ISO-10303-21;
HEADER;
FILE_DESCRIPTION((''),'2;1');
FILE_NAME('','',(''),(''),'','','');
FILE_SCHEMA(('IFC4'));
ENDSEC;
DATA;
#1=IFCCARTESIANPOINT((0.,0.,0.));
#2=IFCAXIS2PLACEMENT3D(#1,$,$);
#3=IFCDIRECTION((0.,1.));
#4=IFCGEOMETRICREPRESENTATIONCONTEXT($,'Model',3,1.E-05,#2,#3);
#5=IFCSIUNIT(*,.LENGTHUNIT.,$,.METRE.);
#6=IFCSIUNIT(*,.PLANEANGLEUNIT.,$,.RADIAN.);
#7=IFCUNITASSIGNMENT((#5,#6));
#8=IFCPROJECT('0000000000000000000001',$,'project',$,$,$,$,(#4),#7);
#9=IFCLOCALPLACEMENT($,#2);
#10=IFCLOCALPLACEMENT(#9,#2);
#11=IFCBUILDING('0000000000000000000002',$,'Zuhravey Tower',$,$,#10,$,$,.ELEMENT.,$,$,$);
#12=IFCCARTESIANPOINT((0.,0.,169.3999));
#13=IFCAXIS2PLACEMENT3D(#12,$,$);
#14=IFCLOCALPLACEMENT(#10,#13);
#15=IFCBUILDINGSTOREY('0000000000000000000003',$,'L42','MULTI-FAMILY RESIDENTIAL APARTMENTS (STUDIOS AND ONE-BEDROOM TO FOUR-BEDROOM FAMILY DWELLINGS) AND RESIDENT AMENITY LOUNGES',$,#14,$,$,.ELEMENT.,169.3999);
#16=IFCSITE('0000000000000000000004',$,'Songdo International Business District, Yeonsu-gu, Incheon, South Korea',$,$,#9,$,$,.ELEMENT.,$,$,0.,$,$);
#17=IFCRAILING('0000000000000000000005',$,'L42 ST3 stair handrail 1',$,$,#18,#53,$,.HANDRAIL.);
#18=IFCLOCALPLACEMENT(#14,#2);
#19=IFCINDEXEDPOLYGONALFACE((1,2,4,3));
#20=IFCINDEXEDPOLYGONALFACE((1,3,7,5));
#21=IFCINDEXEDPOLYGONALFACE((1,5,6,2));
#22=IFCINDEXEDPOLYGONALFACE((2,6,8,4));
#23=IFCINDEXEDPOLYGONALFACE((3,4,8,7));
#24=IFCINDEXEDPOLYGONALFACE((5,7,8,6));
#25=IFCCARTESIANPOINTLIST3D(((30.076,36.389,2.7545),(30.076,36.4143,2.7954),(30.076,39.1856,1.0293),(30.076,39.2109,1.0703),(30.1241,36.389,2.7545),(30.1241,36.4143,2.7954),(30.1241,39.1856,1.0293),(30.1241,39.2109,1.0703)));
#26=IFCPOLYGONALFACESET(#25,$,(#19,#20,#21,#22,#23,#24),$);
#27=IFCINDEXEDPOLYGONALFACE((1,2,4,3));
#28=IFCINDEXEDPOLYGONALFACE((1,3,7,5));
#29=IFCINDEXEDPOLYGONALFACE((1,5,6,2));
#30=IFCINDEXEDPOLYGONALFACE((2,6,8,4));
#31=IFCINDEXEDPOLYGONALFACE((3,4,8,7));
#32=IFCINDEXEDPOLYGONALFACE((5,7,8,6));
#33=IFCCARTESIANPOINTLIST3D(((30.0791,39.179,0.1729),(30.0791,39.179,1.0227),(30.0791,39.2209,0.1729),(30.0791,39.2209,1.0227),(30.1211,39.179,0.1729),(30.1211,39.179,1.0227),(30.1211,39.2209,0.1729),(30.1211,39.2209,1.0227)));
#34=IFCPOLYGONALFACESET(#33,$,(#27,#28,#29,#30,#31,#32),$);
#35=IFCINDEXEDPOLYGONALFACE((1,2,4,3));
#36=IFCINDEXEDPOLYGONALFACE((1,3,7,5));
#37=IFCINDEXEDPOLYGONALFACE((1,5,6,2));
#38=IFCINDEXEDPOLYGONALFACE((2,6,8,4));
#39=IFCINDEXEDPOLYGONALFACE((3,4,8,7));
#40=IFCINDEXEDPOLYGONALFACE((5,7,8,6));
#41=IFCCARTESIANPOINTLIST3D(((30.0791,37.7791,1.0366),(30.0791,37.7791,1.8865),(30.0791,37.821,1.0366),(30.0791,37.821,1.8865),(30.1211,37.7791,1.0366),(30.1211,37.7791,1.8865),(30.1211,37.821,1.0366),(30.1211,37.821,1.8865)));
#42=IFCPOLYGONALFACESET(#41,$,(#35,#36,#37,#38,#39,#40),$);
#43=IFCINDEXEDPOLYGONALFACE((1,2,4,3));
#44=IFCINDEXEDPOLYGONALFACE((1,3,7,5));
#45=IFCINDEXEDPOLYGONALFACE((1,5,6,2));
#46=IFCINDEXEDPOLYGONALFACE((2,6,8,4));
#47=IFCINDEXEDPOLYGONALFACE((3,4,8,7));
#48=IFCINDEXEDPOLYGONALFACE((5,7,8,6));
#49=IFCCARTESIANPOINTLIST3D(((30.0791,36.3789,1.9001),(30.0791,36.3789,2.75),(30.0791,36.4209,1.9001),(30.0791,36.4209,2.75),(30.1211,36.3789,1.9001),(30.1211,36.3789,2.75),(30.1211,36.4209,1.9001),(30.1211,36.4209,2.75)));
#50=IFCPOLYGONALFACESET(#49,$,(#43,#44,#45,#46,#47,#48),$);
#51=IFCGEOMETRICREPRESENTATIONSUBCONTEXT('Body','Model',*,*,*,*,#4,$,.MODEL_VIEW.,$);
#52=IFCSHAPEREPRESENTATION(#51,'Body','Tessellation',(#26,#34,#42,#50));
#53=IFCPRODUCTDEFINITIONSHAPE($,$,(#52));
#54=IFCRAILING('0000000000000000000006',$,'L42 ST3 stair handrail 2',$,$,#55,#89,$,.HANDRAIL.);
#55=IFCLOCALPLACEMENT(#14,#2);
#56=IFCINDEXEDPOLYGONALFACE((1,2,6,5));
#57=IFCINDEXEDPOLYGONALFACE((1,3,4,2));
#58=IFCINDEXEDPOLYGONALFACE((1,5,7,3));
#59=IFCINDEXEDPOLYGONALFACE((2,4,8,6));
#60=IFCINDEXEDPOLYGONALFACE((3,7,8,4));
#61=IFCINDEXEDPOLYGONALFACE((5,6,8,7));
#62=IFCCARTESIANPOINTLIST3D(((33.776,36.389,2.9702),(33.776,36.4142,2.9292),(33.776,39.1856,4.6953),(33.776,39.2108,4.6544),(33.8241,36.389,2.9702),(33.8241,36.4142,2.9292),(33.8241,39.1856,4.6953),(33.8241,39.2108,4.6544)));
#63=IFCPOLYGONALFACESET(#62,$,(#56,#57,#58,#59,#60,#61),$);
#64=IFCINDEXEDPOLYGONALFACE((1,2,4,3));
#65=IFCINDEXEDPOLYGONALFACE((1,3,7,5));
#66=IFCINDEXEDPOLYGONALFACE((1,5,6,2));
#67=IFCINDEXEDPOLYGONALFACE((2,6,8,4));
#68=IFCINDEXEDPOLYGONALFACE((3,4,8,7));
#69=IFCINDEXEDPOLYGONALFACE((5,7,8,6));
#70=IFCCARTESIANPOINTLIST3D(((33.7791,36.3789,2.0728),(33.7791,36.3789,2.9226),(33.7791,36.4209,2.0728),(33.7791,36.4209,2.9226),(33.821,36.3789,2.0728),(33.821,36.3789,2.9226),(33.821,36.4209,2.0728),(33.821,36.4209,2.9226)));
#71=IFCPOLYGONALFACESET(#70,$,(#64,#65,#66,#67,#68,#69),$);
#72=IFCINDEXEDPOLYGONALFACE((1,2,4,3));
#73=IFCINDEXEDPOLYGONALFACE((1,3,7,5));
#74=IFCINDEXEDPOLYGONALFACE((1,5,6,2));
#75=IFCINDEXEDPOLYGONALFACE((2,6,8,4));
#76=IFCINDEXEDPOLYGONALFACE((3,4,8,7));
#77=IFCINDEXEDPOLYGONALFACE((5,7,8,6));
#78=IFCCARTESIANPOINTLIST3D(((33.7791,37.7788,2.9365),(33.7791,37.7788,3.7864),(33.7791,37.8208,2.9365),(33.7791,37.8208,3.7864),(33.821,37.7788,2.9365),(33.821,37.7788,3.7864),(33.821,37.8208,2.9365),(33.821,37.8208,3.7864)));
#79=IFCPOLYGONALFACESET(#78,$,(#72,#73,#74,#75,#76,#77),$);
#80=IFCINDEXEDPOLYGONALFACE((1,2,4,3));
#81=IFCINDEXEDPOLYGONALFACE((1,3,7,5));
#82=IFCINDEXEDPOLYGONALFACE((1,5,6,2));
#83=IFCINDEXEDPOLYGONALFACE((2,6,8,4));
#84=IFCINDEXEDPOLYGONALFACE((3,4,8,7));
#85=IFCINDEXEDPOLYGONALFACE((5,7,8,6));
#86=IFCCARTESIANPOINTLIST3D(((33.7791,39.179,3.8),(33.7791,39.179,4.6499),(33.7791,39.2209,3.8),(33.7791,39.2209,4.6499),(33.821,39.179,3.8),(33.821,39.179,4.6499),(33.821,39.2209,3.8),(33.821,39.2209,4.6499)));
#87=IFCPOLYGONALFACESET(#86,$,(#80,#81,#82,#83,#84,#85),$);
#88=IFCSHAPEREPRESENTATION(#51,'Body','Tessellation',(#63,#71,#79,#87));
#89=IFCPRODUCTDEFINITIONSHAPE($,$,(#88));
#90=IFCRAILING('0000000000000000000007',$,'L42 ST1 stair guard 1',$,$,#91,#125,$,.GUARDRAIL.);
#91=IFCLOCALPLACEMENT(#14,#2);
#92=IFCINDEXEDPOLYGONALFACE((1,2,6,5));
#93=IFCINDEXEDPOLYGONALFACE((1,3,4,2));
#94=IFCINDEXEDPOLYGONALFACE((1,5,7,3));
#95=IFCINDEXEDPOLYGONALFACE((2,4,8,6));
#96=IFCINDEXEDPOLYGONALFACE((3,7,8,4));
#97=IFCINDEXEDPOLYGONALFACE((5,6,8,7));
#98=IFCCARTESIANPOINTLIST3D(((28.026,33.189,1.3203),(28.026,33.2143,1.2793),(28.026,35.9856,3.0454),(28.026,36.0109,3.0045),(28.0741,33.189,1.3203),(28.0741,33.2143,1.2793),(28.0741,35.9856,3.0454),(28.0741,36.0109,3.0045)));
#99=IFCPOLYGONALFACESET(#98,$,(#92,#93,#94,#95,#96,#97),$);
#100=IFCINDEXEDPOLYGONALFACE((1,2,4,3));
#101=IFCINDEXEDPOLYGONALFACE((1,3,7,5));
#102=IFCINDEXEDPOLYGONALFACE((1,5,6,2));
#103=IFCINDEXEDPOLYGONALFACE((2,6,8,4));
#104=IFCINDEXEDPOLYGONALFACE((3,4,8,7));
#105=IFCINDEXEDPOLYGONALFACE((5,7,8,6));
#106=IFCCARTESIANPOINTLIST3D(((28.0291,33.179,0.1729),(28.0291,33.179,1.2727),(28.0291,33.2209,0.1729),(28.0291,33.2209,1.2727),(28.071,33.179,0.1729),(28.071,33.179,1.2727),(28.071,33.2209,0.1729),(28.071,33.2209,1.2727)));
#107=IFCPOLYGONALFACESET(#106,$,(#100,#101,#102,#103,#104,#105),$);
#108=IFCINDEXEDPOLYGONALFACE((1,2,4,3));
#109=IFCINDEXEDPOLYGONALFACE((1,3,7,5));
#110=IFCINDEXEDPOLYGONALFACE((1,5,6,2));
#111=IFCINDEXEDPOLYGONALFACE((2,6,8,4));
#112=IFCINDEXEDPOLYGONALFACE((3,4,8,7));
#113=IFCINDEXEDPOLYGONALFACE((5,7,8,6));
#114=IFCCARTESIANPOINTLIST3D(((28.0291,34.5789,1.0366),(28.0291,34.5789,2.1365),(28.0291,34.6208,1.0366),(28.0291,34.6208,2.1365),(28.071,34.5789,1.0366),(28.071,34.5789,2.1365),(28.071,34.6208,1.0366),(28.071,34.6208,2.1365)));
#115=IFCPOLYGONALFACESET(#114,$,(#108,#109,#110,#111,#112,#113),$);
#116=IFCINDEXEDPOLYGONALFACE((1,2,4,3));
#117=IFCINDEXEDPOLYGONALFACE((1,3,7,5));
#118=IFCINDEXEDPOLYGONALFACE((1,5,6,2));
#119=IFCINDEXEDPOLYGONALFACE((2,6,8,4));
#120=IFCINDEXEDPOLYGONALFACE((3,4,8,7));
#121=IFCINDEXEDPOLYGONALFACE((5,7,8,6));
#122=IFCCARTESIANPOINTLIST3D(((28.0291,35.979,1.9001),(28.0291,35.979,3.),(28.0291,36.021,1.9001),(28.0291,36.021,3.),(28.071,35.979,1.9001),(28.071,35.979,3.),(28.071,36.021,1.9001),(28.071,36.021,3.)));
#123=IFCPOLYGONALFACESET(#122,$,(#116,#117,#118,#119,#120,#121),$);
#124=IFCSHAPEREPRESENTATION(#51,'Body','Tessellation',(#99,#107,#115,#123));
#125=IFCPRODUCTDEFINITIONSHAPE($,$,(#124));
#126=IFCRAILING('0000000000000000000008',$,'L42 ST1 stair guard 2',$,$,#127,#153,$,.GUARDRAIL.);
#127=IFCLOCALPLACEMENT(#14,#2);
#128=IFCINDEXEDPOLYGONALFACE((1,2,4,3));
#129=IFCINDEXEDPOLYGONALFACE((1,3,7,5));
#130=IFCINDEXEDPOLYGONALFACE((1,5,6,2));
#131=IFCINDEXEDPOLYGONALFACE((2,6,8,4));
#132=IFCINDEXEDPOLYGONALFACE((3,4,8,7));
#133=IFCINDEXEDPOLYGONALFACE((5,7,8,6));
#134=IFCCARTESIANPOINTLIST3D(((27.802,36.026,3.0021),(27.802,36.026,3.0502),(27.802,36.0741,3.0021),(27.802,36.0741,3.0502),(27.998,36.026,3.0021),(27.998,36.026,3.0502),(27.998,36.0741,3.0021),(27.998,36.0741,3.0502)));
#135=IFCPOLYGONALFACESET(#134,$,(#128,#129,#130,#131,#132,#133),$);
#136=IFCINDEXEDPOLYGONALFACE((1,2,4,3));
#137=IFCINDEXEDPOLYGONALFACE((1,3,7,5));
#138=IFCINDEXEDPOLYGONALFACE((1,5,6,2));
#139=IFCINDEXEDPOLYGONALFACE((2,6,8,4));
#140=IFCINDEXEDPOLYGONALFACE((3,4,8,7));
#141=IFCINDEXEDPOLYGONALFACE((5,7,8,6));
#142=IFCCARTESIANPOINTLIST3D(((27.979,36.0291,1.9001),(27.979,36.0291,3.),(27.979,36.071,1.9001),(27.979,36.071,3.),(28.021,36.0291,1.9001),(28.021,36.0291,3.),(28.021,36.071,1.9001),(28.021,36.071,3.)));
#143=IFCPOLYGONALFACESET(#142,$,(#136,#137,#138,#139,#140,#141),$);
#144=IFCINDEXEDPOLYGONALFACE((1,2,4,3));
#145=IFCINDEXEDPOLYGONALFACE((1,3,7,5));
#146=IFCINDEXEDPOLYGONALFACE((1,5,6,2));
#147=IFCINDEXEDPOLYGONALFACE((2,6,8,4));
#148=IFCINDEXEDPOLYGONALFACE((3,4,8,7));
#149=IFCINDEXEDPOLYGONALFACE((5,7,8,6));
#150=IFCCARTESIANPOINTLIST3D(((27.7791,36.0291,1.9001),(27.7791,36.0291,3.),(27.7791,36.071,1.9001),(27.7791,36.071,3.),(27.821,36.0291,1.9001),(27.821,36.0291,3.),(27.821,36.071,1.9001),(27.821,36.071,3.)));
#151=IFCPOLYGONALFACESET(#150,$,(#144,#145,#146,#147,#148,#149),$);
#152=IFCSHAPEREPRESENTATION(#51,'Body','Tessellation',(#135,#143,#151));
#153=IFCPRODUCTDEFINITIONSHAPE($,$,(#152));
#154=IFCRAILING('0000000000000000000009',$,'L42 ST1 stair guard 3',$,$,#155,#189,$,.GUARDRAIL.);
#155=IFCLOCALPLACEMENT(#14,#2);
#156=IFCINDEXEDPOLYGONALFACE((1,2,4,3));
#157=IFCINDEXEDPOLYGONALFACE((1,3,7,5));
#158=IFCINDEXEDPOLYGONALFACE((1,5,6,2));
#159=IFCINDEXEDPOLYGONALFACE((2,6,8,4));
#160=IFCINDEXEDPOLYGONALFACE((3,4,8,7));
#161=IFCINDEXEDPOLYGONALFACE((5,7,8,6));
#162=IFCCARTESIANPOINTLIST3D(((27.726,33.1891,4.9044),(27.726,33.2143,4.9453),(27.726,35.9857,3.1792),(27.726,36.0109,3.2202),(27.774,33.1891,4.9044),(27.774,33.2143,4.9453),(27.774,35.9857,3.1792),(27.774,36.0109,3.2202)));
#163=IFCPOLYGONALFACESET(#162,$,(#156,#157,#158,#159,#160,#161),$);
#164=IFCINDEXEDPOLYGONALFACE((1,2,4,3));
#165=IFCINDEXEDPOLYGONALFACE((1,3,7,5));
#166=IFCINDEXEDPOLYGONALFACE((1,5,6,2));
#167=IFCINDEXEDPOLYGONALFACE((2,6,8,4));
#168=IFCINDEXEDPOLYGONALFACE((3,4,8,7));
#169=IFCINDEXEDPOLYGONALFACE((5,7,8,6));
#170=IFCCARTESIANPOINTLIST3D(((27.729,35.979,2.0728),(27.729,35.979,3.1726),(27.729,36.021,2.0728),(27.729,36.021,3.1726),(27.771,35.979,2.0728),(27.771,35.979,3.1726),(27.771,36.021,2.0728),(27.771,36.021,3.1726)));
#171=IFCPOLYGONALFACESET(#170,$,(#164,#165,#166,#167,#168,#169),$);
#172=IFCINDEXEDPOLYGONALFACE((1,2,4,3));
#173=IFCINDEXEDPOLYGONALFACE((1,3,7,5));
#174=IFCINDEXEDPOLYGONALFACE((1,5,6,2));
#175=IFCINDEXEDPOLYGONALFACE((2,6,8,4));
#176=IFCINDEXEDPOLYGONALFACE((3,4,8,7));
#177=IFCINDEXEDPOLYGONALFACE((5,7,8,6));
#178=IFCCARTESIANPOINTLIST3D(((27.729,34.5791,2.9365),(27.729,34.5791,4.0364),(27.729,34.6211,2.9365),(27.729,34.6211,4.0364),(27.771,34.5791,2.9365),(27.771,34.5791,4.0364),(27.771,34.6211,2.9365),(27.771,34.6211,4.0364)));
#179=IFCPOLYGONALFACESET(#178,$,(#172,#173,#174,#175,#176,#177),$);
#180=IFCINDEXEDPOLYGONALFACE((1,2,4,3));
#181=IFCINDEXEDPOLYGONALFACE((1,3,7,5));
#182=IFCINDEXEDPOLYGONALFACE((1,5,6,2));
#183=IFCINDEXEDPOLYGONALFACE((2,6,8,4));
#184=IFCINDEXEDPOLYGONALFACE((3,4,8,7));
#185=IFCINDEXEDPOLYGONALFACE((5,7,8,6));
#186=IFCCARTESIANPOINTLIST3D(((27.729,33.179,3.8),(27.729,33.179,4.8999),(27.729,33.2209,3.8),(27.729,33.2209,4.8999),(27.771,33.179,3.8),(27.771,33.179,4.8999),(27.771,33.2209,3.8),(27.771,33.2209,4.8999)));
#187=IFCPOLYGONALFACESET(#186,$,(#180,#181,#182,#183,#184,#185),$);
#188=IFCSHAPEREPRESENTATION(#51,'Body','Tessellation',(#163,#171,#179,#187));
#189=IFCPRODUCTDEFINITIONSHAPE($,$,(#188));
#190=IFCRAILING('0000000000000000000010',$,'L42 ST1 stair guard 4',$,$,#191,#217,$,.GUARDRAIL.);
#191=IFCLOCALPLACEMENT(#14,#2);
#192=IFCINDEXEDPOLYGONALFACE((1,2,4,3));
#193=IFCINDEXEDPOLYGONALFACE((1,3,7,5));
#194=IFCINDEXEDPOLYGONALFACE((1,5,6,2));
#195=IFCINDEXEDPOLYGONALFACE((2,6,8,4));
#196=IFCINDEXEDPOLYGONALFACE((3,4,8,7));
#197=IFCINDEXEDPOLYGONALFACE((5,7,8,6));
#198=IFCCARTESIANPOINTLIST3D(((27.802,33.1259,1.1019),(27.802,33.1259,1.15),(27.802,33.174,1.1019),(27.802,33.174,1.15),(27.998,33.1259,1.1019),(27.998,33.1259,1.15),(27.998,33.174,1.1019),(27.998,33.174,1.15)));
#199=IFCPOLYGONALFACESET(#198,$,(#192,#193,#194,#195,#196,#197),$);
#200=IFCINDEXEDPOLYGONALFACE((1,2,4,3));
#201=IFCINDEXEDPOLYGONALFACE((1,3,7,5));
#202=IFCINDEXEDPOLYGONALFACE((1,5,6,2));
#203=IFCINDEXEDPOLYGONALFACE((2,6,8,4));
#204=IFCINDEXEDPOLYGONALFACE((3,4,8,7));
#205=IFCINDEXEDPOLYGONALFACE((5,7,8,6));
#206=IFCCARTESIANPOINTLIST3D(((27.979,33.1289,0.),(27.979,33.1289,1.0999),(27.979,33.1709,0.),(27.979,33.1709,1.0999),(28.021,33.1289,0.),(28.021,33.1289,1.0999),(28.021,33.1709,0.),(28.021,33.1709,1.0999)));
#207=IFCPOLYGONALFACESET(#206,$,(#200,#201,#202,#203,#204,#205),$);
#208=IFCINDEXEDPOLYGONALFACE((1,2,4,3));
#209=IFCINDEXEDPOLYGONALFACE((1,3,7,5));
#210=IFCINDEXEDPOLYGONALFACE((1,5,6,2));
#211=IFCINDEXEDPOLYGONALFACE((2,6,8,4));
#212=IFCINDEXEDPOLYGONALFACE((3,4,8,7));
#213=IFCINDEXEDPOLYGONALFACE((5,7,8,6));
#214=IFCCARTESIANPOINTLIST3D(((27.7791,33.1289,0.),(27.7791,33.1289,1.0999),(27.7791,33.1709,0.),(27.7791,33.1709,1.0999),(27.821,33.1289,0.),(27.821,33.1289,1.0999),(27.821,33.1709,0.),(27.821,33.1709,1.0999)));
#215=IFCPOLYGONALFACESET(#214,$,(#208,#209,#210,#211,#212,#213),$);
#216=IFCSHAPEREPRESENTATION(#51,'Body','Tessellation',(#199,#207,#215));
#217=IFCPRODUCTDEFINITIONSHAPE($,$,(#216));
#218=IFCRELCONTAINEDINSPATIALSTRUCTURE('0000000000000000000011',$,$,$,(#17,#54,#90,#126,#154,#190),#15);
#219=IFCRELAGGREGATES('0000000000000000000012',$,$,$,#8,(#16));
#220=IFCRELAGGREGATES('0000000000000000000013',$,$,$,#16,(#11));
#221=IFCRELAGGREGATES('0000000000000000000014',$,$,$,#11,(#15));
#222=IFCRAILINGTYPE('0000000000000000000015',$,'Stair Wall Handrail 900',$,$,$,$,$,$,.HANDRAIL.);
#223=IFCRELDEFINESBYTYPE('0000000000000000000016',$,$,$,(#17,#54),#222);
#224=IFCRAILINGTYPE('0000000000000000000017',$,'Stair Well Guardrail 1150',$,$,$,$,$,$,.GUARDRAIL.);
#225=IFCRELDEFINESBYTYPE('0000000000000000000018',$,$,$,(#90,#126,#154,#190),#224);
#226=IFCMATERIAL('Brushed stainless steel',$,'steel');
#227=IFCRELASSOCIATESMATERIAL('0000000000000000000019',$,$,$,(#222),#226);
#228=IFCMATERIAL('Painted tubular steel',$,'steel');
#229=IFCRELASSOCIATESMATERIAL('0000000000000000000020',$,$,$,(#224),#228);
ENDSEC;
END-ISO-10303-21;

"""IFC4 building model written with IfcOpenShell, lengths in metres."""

from ifc_helpers import new_model, si_unit, direction, frame, origin, origin_2d, place, context, subcontext, project, spatial, rectangle, extrude, material, type_object, element, save


model = new_model("IFC4")

# Units and contexts
model_context = context("Model", 3, precision=1e-05, world=origin(), true_north=direction((0.0, 1.0)))
body_context = subcontext(model_context, "Body", "Model", "MODEL_VIEW")
ifc_project = project(units=[si_unit("LENGTHUNIT", "METRE"), si_unit("PLANEANGLEUNIT", "RADIAN")], contexts=[model_context])

# Site, building, storey
site_placement = place(None, origin())
site = spatial("IfcSite", under=ifc_project, at=site_placement, Name="Songdo International Business District, Yeonsu-gu, Incheon, South Korea", CompositionType="ELEMENT", RefElevation=0.0)
building_placement = place(site_placement, origin())
building = spatial("IfcBuilding", under=site, at=building_placement, Name="Zuhravey Tower", CompositionType="ELEMENT")
storey_placement = place(building_placement, frame((0.0, 0.0, 169.3999)))
storey = spatial("IfcBuildingStorey", under=building, at=storey_placement, Name="L42", Description="MULTI-FAMILY RESIDENTIAL APARTMENTS (STUDIOS AND ONE-BEDROOM TO FOUR-BEDROOM FAMILY DWELLINGS) AND RESIDENT AMENITY LOUNGES", CompositionType="ELEMENT", Elevation=169.3999)

# Railings
ifc_material_1 = material(Name="Brushed stainless steel", Category="steel")
railing_type_1 = type_object("IfcRailingType", Name="Stair Wall Handrail 900", PredefinedType="HANDRAIL", material=ifc_material_1)
for number, where, name in (
    (1, (30.1001, 39.2, 0.1729), "L42 ST3 stair handrail 1"),
):
    element("IfcRailing", number, at=place(storey_placement, frame(where)), inside=storey, type_object=railing_type_1, Name=name, PredefinedType="HANDRAIL", context=body_context, shape_type="SweptSolid", body=[
        extrude(rectangle(XDim=0.0481, YDim=0.0481, at=origin_2d()), frame((0.0, -0.0017, 0.877), z_axis=(0.0, -0.85109, 0.52502), x_axis=(1.0, 0.0, 0.0)), (0.0, 0.0, 1.0), 3.2859),
        extrude(rectangle(XDim=0.042, YDim=0.042, at=origin_2d()), origin(), (0.0, 0.0, 1.0), 0.8499),
        extrude(rectangle(XDim=0.042, YDim=0.042, at=origin_2d()), frame((0.0, -1.3999, 0.8638)), (0.0, 0.0, 1.0), 0.8499),
        extrude(rectangle(XDim=0.042, YDim=0.042, at=origin_2d()), frame((0.0, -2.8, 1.7273)), (0.0, 0.0, 1.0), 0.8499),
    ])
railing_1_placement = place(storey_placement, frame((33.8, 36.3999, 2.0728)))
element("IfcRailing", 2, at=railing_1_placement, inside=storey, type_object=railing_type_1, Name="L42 ST3 stair handrail 2", PredefinedType="HANDRAIL", context=body_context, shape_type="SweptSolid", body=[
    extrude(rectangle(XDim=0.0481, YDim=0.0481, at=origin_2d()), frame((0.0, 0.0017, 0.877), z_axis=(0.0, 0.85109, 0.52502), x_axis=(-1.0, 0.0, 0.0)), (0.0, 0.0, 1.0), 3.2859),
    extrude(rectangle(XDim=0.042, YDim=0.042, at=origin_2d()), origin(), (0.0, 0.0, 1.0), 0.8499),
    extrude(rectangle(XDim=0.042, YDim=0.042, at=origin_2d()), frame((0.0, 1.3999, 0.8638)), (0.0, 0.0, 1.0), 0.8499),
    extrude(rectangle(XDim=0.042, YDim=0.042, at=origin_2d()), frame((0.0, 2.8, 1.7273)), (0.0, 0.0, 1.0), 0.8499),
])
ifc_material_2 = material(Name="Painted tubular steel", Category="steel")
railing_type_2 = type_object("IfcRailingType", Name="Stair Well Guardrail 1150", PredefinedType="GUARDRAIL", material=ifc_material_2)
railing_2_placement = place(storey_placement, frame((28.05, 33.2, 0.1729)))
element("IfcRailing", 3, at=railing_2_placement, inside=storey, type_object=railing_type_2, Name="L42 ST1 stair guard 1", PredefinedType="GUARDRAIL", context=body_context, shape_type="SweptSolid", body=[
    extrude(rectangle(XDim=0.0481, YDim=0.0481, at=origin_2d()), frame((0.0, 0.0017, 1.127), z_axis=(0.0, 0.85109, 0.52502), x_axis=(-1.0, 0.0, 0.0)), (0.0, 0.0, 1.0), 3.2859),
    extrude(rectangle(XDim=0.042, YDim=0.042, at=origin_2d()), origin(), (0.0, 0.0, 1.0), 1.0999),
    extrude(rectangle(XDim=0.042, YDim=0.042, at=origin_2d()), frame((0.0, 1.3999, 0.8638)), (0.0, 0.0, 1.0), 1.0999),
    extrude(rectangle(XDim=0.042, YDim=0.042, at=origin_2d()), frame((0.0, 2.8, 1.7273)), (0.0, 0.0, 1.0), 1.0999),
])
railing_3_placement = place(storey_placement, frame((28.0, 36.05, 1.9001)))
element("IfcRailing", 4, at=railing_3_placement, inside=storey, type_object=railing_type_2, Name="L42 ST1 stair guard 2", PredefinedType="GUARDRAIL", context=body_context, shape_type="SweptSolid", body=[
    extrude(rectangle(XDim=0.0481, YDim=0.0481, at=origin_2d()), frame((-0.002, 0.0, 1.126), z_axis=(-1.0, 0.0, 0.0), x_axis=(0.0, -1.0, 0.0)), (0.0, 0.0, 1.0), 0.196),
    extrude(rectangle(XDim=0.042, YDim=0.042, at=origin_2d()), origin(), (0.0, 0.0, 1.0), 1.0999),
    extrude(rectangle(XDim=0.042, YDim=0.042, at=origin_2d()), frame((-0.2, 0.0, 0.0)), (0.0, 0.0, 1.0), 1.0999),
])
railing_4_placement = place(storey_placement, frame((27.75, 36.0, 2.0728)))
element("IfcRailing", 5, at=railing_4_placement, inside=storey, type_object=railing_type_2, Name="L42 ST1 stair guard 3", PredefinedType="GUARDRAIL", context=body_context, shape_type="SweptSolid", body=[
    extrude(rectangle(XDim=0.0481, YDim=0.0481, at=origin_2d()), frame((0.0, -0.0017, 1.127), z_axis=(0.0, -0.85109, 0.52502), x_axis=(1.0, 0.0, 0.0)), (0.0, 0.0, 1.0), 3.2859),
    extrude(rectangle(XDim=0.042, YDim=0.042, at=origin_2d()), origin(), (0.0, 0.0, 1.0), 1.0999),
    extrude(rectangle(XDim=0.042, YDim=0.042, at=origin_2d()), frame((0.0, -1.3999, 0.8638)), (0.0, 0.0, 1.0), 1.0999),
    extrude(rectangle(XDim=0.042, YDim=0.042, at=origin_2d()), frame((0.0, -2.8, 1.7273)), (0.0, 0.0, 1.0), 1.0999),
])
railing_5_placement = place(storey_placement, frame((28.0, 33.1499, 0.0)))
element("IfcRailing", 6, at=railing_5_placement, inside=storey, type_object=railing_type_2, Name="L42 ST1 stair guard 4", PredefinedType="GUARDRAIL", context=body_context, shape_type="SweptSolid", body=[
    extrude(rectangle(XDim=0.0481, YDim=0.0481, at=origin_2d()), frame((-0.002, 0.0, 1.126), z_axis=(-1.0, 0.0, 0.0), x_axis=(0.0, -1.0, 0.0)), (0.0, 0.0, 1.0), 0.196),
    extrude(rectangle(XDim=0.042, YDim=0.042, at=origin_2d()), origin(), (0.0, 0.0, 1.0), 1.0999),
    extrude(rectangle(XDim=0.042, YDim=0.042, at=origin_2d()), frame((-0.2, 0.0, 0.0)), (0.0, 0.0, 1.0), 1.0999),
])

save(model, "model.ifc")
